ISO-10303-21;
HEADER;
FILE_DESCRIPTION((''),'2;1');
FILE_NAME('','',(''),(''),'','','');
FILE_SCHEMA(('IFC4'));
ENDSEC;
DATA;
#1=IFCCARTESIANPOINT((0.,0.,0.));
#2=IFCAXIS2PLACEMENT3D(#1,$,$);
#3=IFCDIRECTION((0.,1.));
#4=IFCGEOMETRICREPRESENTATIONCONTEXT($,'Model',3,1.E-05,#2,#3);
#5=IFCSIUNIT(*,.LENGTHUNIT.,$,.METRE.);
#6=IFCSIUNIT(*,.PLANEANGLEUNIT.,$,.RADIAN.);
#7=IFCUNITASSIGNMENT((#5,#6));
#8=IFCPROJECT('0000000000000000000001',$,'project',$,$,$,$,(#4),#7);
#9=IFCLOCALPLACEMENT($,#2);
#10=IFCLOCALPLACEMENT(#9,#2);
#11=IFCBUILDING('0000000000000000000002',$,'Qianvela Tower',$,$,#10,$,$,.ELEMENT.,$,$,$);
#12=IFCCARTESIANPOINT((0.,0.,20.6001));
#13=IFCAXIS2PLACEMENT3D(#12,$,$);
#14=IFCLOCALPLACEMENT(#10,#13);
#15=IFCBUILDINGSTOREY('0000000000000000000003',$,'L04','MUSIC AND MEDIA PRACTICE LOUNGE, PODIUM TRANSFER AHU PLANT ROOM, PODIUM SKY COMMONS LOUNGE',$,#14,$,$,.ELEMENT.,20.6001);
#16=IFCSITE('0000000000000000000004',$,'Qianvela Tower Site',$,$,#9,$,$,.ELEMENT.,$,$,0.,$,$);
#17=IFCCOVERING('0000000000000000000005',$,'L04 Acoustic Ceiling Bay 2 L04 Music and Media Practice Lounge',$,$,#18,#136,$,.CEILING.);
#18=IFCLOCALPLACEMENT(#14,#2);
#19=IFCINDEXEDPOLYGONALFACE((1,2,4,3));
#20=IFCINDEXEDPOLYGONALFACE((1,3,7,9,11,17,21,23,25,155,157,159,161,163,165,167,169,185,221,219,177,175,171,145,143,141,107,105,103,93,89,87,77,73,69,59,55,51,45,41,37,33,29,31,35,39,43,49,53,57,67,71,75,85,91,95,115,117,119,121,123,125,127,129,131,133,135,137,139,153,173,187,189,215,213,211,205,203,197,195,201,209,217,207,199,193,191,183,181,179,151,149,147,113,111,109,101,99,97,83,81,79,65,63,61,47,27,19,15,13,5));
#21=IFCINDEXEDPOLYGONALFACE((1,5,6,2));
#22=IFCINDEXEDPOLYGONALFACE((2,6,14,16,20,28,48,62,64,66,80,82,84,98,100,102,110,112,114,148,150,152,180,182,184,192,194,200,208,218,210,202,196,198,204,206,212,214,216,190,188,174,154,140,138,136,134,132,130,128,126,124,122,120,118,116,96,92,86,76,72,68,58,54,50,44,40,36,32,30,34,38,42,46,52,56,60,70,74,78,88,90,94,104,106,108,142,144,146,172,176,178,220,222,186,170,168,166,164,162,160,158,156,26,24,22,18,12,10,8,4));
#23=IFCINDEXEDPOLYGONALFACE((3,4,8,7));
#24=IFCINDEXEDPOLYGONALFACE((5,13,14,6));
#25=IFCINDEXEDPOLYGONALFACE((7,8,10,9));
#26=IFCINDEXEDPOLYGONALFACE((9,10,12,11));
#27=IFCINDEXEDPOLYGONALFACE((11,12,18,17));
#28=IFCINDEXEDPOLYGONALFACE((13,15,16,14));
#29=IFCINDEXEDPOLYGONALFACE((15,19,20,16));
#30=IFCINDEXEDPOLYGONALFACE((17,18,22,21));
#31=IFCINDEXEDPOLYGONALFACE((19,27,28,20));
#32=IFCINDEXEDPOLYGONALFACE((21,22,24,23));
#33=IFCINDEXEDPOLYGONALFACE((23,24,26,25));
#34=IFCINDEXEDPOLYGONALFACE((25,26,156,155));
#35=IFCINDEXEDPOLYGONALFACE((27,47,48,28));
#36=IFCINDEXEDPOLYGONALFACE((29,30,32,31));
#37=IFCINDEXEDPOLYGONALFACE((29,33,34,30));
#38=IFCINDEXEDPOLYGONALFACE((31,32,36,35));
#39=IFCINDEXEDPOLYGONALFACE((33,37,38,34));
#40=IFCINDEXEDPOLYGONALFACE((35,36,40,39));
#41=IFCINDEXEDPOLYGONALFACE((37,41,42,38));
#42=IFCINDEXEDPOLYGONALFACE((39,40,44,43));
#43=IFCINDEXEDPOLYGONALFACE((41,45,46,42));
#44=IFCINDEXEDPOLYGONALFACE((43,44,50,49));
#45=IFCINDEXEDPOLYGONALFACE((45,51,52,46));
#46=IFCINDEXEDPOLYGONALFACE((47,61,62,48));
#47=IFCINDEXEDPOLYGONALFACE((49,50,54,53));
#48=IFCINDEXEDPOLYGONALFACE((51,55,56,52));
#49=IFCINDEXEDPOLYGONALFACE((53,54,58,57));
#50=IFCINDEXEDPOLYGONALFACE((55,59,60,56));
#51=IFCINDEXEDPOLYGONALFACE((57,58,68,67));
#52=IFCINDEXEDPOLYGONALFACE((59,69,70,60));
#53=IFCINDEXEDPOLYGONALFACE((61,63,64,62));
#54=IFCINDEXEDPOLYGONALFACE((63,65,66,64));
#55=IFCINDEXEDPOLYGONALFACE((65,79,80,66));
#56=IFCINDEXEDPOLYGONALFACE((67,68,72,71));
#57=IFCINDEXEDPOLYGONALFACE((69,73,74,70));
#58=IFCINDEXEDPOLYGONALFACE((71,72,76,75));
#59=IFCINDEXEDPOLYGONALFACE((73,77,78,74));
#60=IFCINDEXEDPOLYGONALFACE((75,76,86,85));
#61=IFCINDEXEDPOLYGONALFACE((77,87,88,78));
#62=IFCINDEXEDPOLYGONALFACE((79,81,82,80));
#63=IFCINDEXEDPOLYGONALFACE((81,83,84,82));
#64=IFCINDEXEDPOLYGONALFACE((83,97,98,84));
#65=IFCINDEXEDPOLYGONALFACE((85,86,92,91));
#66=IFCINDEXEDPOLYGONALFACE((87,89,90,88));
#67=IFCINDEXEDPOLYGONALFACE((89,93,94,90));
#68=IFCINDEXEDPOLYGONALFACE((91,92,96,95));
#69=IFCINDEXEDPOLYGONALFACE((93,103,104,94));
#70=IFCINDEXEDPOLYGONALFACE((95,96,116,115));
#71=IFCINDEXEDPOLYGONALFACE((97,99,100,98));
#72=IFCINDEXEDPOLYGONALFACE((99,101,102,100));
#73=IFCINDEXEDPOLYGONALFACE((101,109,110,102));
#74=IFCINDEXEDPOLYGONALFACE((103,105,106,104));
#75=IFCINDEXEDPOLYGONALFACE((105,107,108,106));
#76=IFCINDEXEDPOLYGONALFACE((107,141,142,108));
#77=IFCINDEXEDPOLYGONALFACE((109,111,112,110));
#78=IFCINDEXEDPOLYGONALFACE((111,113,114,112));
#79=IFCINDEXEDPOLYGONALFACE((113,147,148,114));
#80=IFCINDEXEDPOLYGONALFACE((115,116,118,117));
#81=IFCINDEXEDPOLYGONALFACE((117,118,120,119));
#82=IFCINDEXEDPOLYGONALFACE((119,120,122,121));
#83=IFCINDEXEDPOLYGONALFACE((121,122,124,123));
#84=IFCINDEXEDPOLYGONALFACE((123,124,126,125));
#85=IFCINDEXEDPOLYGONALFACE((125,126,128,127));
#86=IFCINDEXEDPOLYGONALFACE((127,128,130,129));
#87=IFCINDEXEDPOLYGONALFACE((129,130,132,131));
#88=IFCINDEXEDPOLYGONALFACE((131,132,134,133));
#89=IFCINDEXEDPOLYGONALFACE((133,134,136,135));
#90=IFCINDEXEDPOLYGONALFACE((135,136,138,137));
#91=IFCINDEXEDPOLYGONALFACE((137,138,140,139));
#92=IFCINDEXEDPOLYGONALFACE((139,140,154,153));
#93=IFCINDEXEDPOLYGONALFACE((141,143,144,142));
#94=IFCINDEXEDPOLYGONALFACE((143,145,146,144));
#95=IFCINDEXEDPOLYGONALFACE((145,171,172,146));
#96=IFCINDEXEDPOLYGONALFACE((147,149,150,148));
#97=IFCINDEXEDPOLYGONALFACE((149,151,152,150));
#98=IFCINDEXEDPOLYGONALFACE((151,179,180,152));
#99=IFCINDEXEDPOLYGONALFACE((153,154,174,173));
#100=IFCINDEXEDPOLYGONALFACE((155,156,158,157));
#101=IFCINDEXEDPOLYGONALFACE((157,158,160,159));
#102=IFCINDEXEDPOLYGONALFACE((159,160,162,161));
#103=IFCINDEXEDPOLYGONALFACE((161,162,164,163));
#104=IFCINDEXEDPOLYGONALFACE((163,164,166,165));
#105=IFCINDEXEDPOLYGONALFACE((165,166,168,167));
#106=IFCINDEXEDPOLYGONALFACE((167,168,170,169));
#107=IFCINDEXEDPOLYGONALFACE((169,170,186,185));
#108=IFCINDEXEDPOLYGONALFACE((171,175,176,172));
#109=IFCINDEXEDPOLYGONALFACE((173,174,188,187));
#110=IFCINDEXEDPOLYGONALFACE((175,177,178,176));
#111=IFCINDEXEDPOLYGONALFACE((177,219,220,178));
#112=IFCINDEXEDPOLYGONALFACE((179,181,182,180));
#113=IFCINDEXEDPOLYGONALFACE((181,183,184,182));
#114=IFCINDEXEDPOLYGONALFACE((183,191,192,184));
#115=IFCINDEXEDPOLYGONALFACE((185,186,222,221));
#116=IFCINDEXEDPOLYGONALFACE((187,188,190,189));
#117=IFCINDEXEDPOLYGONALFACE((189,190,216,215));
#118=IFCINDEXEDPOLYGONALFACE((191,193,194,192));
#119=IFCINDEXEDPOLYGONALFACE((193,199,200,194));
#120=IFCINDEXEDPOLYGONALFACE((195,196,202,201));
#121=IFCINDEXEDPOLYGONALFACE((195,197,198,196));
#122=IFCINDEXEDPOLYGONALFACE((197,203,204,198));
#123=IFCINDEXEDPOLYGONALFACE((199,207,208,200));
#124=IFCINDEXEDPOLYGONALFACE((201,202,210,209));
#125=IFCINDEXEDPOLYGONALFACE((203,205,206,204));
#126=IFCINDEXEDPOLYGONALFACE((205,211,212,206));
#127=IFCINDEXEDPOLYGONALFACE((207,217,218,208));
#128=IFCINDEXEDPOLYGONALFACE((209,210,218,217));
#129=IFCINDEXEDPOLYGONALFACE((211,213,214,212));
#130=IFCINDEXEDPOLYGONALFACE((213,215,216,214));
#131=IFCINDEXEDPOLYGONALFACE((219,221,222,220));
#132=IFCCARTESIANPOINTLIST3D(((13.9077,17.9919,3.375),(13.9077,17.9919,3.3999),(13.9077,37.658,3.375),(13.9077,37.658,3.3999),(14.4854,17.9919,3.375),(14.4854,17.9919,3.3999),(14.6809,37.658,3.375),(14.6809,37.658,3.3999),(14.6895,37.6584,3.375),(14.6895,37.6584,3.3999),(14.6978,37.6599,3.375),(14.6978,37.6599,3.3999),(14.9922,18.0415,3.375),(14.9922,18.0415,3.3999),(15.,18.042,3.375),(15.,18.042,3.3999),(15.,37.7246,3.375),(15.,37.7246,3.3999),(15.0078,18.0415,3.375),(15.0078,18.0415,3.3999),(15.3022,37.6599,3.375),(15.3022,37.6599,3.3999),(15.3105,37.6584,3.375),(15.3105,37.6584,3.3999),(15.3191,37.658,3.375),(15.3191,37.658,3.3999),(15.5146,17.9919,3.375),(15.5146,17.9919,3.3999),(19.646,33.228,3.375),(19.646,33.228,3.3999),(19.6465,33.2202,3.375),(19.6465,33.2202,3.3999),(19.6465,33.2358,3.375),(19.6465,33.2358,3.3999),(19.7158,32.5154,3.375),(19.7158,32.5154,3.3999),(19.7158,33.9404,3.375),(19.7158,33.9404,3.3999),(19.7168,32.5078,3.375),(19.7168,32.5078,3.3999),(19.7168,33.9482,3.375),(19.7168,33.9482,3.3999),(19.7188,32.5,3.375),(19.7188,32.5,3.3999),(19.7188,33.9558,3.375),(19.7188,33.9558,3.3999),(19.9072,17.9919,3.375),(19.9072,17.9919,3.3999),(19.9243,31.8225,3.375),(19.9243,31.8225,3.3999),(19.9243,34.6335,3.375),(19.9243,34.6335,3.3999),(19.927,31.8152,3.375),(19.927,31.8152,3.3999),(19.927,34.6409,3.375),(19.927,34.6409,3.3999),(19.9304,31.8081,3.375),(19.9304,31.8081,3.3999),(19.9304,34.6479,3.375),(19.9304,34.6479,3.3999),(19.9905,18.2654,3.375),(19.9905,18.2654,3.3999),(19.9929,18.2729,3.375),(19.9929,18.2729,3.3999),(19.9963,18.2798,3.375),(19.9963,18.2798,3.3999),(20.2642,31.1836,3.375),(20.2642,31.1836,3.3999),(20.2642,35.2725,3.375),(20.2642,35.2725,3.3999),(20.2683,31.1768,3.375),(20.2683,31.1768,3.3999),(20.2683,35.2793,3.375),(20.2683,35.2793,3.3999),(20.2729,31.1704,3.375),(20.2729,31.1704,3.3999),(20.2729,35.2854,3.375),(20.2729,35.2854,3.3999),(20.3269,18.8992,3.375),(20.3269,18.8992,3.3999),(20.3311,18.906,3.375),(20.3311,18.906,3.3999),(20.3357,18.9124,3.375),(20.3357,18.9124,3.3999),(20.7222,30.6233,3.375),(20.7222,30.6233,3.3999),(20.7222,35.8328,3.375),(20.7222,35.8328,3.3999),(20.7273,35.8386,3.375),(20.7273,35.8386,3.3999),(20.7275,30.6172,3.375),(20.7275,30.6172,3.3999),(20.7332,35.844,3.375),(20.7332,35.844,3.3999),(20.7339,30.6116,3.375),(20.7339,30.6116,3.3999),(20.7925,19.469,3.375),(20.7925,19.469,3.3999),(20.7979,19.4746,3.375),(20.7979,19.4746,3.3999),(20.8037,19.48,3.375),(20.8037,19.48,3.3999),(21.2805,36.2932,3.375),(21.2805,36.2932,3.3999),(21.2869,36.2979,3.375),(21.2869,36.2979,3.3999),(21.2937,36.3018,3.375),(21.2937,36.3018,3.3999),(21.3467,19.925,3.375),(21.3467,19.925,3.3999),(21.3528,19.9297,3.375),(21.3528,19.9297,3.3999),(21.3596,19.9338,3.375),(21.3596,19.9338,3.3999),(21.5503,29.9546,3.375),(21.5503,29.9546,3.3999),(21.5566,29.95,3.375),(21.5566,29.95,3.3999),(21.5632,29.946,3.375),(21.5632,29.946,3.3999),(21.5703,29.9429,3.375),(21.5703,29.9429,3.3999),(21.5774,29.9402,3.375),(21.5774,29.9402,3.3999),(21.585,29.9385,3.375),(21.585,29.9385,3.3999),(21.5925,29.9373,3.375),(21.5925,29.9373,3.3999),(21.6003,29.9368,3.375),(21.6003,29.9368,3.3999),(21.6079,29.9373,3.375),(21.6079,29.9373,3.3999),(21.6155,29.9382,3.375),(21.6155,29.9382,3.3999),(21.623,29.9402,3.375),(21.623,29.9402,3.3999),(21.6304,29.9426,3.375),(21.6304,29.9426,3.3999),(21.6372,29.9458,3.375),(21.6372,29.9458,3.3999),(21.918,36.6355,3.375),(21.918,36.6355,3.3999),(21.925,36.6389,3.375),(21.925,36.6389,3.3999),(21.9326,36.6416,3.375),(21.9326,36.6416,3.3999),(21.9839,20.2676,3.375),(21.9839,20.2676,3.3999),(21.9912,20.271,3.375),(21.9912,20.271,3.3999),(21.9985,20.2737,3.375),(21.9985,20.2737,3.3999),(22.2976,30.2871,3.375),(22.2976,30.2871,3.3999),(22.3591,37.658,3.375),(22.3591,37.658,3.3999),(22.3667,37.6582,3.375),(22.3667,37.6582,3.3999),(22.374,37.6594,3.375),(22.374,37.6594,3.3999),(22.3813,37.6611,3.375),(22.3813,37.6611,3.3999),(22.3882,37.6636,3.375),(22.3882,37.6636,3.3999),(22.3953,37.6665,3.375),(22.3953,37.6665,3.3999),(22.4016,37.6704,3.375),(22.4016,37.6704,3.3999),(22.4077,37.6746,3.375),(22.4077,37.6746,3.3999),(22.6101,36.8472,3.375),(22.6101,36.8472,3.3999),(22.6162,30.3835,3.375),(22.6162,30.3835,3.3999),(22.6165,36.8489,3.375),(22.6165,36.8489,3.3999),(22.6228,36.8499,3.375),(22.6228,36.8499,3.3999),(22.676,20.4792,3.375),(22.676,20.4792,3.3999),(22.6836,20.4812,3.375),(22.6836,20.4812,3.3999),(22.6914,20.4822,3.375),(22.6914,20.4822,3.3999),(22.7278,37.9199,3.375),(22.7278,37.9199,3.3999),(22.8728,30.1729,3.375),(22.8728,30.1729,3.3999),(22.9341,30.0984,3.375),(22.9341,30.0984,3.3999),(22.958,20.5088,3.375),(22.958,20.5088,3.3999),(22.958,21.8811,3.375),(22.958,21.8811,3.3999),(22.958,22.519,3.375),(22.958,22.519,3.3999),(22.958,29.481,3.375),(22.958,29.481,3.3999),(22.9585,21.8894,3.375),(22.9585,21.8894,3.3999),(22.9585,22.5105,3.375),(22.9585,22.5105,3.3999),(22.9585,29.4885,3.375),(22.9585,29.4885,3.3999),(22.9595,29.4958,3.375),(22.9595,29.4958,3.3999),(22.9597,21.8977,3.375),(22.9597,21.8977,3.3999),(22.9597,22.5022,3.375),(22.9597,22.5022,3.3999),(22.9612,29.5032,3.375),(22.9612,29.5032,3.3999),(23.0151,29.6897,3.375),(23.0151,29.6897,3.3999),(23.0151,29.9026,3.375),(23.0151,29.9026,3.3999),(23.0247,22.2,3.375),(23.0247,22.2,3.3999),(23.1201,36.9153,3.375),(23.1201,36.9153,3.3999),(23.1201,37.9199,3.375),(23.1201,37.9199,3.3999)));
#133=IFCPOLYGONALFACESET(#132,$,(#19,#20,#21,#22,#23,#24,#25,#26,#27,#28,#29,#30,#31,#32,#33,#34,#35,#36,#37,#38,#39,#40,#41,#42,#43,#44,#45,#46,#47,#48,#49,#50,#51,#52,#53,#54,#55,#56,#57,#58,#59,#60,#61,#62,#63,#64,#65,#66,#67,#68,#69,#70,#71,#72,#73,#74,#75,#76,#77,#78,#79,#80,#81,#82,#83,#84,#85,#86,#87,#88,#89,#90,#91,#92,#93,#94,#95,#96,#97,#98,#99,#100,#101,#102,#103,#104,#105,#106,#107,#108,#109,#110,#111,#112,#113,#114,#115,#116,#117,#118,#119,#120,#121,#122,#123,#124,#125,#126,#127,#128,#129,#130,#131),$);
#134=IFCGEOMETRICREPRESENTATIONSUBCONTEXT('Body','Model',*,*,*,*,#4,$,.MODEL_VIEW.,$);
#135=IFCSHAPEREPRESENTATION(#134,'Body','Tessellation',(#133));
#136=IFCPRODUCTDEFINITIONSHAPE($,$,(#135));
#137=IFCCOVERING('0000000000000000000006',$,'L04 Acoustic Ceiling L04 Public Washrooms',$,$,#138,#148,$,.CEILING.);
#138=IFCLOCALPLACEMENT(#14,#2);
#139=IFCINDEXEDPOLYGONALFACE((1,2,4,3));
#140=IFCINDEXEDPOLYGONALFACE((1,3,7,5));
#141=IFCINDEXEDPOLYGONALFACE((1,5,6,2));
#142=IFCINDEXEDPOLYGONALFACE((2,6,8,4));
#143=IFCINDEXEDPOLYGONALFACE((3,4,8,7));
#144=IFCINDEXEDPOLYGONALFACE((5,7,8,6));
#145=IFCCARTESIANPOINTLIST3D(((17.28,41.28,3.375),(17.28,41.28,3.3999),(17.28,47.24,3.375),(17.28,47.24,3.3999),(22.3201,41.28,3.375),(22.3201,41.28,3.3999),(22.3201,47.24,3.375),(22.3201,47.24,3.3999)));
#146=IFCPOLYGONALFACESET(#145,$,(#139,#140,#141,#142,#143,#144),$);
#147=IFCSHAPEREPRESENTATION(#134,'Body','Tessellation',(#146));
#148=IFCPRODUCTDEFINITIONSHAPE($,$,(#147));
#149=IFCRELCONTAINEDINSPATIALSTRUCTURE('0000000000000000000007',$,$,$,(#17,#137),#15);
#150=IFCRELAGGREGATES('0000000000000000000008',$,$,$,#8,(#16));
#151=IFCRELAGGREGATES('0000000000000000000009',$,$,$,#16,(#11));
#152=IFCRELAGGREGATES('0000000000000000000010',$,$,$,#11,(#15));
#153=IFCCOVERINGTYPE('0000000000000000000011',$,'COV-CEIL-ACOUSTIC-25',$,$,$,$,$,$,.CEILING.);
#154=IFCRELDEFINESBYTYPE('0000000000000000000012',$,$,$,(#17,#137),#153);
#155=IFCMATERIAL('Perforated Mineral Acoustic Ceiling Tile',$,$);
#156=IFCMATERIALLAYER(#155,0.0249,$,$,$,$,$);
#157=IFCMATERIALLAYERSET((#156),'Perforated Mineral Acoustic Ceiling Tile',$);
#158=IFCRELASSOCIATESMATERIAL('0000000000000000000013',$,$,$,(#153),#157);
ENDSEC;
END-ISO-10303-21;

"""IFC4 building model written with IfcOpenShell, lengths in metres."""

from ifc_helpers import new_model, si_unit, direction, frame, origin, place, context, subcontext, project, spatial, polyline, outline, extrude, material, layer, layer_set, type_object, element, save


model = new_model("IFC4")

# Units and contexts
model_context = context("Model", 3, precision=1e-05, world=origin(), true_north=direction((0.0, 1.0)))
body_context = subcontext(model_context, "Body", "Model", "MODEL_VIEW")
ifc_project = project(units=[si_unit("LENGTHUNIT", "METRE"), si_unit("PLANEANGLEUNIT", "RADIAN")], contexts=[model_context])

# Site, building, storey
site_placement = place(None, origin())
site = spatial("IfcSite", under=ifc_project, at=site_placement, Name="Qianvela Tower Site", CompositionType="ELEMENT", RefElevation=0.0)
building_placement = place(site_placement, origin())
building = spatial("IfcBuilding", under=site, at=building_placement, Name="Qianvela Tower", CompositionType="ELEMENT")
storey_placement = place(building_placement, frame((0.0, 0.0, 20.6001)))
storey = spatial("IfcBuildingStorey", under=building, at=storey_placement, Name="L04", Description="MUSIC AND MEDIA PRACTICE LOUNGE, PODIUM TRANSFER AHU PLANT ROOM, PODIUM SKY COMMONS LOUNGE", CompositionType="ELEMENT", Elevation=20.6001)

# Coverings
ifc_material_1 = material(Name="Perforated Mineral Acoustic Ceiling Tile")
ifc_layer_1 = layer(ifc_material_1, 0.0249)
ifc_layer_set_1 = layer_set([ifc_layer_1], Name="Perforated Mineral Acoustic Ceiling Tile")
covering_type_1 = type_object("IfcCoveringType", Name="COV-CEIL-ACOUSTIC-25", PredefinedType="CEILING", material=ifc_layer_set_1)
covering_1_placement = place(storey_placement, frame((0.0, 0.0, 3.375)))
element("IfcCovering", 1, at=covering_1_placement, inside=storey, type_object=covering_type_1, Name="L04 Acoustic Ceiling Bay 2 L04 Music and Media Practice Lounge", PredefinedType="CEILING", context=body_context, shape_type="SweptSolid", body=[
    extrude(outline(polyline([(22.6228, 36.8499), (22.6165, 36.8489), (22.6101, 36.8472), (21.9326, 36.6416), (21.925, 36.6389), (21.918, 36.6355), (21.2937, 36.3018), (21.2869, 36.2979), (21.2805, 36.2932), (20.7332, 35.844), (20.7273, 35.8386), (20.7222, 35.8328), (20.2729, 35.2854), (20.2683, 35.2793), (20.2642, 35.2725), (19.9304, 34.6479), (19.927, 34.6409), (19.9243, 34.6335), (19.7188, 33.9558), (19.7168, 33.9482), (19.7158, 33.9404), (19.6465, 33.2358), (19.646, 33.228), (19.6465, 33.2202), (19.7158, 32.5154), (19.7168, 32.5078), (19.7188, 32.5), (19.9243, 31.8225), (19.927, 31.8152), (19.9304, 31.8081), (20.2642, 31.1836), (20.2683, 31.1768), (20.2729, 31.1704), (20.7222, 30.6233), (20.7275, 30.6172), (20.7339, 30.6116), (21.5503, 29.9546), (21.5566, 29.95), (21.5632, 29.946), (21.5703, 29.9429), (21.5774, 29.9402), (21.585, 29.9385), (21.5925, 29.9373), (21.6003, 29.9368), (21.6079, 29.9373), (21.6155, 29.9382), (21.623, 29.9402), (21.6304, 29.9426), (21.6372, 29.9458), (22.2976, 30.2871), (22.6162, 30.3835), (22.8728, 30.1729), (22.9341, 30.0984), (23.0151, 29.9026), (23.0151, 29.6897), (22.9612, 29.5032), (22.9595, 29.4958), (22.9585, 29.4885), (22.958, 29.481), (22.958, 22.519), (22.9585, 22.5105), (22.9597, 22.5022), (23.0247, 22.2), (22.9597, 21.8977), (22.9585, 21.8894), (22.958, 21.8811), (22.958, 20.5088), (22.6914, 20.4822), (22.6836, 20.4812), (22.676, 20.4792), (21.9985, 20.2737), (21.9912, 20.271), (21.9839, 20.2676), (21.3596, 19.9338), (21.3528, 19.9297), (21.3467, 19.925), (20.8037, 19.48), (20.7979, 19.4746), (20.7925, 19.469), (20.3357, 18.9124), (20.3311, 18.906), (20.3269, 18.8992), (19.9963, 18.2798), (19.9929, 18.2729), (19.9905, 18.2654), (19.9072, 17.9919), (15.5146, 17.9919), (15.0078, 18.0415), (15.0, 18.042), (14.9922, 18.0415), (14.4854, 17.9919), (13.9077, 17.9919), (13.9077, 37.658), (14.6809, 37.658), (14.6895, 37.6584), (14.6978, 37.6599), (15.0, 37.7246), (15.3022, 37.6599), (15.3105, 37.6584), (15.3191, 37.658), (22.3591, 37.658), (22.3667, 37.6582), (22.374, 37.6594), (22.3813, 37.6611), (22.3882, 37.6636), (22.3953, 37.6665), (22.4016, 37.6704), (22.4077, 37.6746), (22.7278, 37.9199), (23.1201, 37.9199), (23.1201, 36.9153), (22.6228, 36.8499)])), origin(), (0.0, 0.0, 1.0), 0.0249),
])
covering_2_placement = place(storey_placement, frame((0.0, 0.0, 3.375)))
element("IfcCovering", 2, at=covering_2_placement, inside=storey, type_object=covering_type_1, Name="L04 Acoustic Ceiling L04 Public Washrooms", PredefinedType="CEILING", context=body_context, shape_type="SweptSolid", body=[
    extrude(outline(polyline([(17.28, 47.24), (22.3201, 47.24), (22.3201, 41.28), (17.28, 41.28), (17.28, 47.24)])), origin(), (0.0, 0.0, 1.0), 0.0249),
])

save(model, "model.ifc")
